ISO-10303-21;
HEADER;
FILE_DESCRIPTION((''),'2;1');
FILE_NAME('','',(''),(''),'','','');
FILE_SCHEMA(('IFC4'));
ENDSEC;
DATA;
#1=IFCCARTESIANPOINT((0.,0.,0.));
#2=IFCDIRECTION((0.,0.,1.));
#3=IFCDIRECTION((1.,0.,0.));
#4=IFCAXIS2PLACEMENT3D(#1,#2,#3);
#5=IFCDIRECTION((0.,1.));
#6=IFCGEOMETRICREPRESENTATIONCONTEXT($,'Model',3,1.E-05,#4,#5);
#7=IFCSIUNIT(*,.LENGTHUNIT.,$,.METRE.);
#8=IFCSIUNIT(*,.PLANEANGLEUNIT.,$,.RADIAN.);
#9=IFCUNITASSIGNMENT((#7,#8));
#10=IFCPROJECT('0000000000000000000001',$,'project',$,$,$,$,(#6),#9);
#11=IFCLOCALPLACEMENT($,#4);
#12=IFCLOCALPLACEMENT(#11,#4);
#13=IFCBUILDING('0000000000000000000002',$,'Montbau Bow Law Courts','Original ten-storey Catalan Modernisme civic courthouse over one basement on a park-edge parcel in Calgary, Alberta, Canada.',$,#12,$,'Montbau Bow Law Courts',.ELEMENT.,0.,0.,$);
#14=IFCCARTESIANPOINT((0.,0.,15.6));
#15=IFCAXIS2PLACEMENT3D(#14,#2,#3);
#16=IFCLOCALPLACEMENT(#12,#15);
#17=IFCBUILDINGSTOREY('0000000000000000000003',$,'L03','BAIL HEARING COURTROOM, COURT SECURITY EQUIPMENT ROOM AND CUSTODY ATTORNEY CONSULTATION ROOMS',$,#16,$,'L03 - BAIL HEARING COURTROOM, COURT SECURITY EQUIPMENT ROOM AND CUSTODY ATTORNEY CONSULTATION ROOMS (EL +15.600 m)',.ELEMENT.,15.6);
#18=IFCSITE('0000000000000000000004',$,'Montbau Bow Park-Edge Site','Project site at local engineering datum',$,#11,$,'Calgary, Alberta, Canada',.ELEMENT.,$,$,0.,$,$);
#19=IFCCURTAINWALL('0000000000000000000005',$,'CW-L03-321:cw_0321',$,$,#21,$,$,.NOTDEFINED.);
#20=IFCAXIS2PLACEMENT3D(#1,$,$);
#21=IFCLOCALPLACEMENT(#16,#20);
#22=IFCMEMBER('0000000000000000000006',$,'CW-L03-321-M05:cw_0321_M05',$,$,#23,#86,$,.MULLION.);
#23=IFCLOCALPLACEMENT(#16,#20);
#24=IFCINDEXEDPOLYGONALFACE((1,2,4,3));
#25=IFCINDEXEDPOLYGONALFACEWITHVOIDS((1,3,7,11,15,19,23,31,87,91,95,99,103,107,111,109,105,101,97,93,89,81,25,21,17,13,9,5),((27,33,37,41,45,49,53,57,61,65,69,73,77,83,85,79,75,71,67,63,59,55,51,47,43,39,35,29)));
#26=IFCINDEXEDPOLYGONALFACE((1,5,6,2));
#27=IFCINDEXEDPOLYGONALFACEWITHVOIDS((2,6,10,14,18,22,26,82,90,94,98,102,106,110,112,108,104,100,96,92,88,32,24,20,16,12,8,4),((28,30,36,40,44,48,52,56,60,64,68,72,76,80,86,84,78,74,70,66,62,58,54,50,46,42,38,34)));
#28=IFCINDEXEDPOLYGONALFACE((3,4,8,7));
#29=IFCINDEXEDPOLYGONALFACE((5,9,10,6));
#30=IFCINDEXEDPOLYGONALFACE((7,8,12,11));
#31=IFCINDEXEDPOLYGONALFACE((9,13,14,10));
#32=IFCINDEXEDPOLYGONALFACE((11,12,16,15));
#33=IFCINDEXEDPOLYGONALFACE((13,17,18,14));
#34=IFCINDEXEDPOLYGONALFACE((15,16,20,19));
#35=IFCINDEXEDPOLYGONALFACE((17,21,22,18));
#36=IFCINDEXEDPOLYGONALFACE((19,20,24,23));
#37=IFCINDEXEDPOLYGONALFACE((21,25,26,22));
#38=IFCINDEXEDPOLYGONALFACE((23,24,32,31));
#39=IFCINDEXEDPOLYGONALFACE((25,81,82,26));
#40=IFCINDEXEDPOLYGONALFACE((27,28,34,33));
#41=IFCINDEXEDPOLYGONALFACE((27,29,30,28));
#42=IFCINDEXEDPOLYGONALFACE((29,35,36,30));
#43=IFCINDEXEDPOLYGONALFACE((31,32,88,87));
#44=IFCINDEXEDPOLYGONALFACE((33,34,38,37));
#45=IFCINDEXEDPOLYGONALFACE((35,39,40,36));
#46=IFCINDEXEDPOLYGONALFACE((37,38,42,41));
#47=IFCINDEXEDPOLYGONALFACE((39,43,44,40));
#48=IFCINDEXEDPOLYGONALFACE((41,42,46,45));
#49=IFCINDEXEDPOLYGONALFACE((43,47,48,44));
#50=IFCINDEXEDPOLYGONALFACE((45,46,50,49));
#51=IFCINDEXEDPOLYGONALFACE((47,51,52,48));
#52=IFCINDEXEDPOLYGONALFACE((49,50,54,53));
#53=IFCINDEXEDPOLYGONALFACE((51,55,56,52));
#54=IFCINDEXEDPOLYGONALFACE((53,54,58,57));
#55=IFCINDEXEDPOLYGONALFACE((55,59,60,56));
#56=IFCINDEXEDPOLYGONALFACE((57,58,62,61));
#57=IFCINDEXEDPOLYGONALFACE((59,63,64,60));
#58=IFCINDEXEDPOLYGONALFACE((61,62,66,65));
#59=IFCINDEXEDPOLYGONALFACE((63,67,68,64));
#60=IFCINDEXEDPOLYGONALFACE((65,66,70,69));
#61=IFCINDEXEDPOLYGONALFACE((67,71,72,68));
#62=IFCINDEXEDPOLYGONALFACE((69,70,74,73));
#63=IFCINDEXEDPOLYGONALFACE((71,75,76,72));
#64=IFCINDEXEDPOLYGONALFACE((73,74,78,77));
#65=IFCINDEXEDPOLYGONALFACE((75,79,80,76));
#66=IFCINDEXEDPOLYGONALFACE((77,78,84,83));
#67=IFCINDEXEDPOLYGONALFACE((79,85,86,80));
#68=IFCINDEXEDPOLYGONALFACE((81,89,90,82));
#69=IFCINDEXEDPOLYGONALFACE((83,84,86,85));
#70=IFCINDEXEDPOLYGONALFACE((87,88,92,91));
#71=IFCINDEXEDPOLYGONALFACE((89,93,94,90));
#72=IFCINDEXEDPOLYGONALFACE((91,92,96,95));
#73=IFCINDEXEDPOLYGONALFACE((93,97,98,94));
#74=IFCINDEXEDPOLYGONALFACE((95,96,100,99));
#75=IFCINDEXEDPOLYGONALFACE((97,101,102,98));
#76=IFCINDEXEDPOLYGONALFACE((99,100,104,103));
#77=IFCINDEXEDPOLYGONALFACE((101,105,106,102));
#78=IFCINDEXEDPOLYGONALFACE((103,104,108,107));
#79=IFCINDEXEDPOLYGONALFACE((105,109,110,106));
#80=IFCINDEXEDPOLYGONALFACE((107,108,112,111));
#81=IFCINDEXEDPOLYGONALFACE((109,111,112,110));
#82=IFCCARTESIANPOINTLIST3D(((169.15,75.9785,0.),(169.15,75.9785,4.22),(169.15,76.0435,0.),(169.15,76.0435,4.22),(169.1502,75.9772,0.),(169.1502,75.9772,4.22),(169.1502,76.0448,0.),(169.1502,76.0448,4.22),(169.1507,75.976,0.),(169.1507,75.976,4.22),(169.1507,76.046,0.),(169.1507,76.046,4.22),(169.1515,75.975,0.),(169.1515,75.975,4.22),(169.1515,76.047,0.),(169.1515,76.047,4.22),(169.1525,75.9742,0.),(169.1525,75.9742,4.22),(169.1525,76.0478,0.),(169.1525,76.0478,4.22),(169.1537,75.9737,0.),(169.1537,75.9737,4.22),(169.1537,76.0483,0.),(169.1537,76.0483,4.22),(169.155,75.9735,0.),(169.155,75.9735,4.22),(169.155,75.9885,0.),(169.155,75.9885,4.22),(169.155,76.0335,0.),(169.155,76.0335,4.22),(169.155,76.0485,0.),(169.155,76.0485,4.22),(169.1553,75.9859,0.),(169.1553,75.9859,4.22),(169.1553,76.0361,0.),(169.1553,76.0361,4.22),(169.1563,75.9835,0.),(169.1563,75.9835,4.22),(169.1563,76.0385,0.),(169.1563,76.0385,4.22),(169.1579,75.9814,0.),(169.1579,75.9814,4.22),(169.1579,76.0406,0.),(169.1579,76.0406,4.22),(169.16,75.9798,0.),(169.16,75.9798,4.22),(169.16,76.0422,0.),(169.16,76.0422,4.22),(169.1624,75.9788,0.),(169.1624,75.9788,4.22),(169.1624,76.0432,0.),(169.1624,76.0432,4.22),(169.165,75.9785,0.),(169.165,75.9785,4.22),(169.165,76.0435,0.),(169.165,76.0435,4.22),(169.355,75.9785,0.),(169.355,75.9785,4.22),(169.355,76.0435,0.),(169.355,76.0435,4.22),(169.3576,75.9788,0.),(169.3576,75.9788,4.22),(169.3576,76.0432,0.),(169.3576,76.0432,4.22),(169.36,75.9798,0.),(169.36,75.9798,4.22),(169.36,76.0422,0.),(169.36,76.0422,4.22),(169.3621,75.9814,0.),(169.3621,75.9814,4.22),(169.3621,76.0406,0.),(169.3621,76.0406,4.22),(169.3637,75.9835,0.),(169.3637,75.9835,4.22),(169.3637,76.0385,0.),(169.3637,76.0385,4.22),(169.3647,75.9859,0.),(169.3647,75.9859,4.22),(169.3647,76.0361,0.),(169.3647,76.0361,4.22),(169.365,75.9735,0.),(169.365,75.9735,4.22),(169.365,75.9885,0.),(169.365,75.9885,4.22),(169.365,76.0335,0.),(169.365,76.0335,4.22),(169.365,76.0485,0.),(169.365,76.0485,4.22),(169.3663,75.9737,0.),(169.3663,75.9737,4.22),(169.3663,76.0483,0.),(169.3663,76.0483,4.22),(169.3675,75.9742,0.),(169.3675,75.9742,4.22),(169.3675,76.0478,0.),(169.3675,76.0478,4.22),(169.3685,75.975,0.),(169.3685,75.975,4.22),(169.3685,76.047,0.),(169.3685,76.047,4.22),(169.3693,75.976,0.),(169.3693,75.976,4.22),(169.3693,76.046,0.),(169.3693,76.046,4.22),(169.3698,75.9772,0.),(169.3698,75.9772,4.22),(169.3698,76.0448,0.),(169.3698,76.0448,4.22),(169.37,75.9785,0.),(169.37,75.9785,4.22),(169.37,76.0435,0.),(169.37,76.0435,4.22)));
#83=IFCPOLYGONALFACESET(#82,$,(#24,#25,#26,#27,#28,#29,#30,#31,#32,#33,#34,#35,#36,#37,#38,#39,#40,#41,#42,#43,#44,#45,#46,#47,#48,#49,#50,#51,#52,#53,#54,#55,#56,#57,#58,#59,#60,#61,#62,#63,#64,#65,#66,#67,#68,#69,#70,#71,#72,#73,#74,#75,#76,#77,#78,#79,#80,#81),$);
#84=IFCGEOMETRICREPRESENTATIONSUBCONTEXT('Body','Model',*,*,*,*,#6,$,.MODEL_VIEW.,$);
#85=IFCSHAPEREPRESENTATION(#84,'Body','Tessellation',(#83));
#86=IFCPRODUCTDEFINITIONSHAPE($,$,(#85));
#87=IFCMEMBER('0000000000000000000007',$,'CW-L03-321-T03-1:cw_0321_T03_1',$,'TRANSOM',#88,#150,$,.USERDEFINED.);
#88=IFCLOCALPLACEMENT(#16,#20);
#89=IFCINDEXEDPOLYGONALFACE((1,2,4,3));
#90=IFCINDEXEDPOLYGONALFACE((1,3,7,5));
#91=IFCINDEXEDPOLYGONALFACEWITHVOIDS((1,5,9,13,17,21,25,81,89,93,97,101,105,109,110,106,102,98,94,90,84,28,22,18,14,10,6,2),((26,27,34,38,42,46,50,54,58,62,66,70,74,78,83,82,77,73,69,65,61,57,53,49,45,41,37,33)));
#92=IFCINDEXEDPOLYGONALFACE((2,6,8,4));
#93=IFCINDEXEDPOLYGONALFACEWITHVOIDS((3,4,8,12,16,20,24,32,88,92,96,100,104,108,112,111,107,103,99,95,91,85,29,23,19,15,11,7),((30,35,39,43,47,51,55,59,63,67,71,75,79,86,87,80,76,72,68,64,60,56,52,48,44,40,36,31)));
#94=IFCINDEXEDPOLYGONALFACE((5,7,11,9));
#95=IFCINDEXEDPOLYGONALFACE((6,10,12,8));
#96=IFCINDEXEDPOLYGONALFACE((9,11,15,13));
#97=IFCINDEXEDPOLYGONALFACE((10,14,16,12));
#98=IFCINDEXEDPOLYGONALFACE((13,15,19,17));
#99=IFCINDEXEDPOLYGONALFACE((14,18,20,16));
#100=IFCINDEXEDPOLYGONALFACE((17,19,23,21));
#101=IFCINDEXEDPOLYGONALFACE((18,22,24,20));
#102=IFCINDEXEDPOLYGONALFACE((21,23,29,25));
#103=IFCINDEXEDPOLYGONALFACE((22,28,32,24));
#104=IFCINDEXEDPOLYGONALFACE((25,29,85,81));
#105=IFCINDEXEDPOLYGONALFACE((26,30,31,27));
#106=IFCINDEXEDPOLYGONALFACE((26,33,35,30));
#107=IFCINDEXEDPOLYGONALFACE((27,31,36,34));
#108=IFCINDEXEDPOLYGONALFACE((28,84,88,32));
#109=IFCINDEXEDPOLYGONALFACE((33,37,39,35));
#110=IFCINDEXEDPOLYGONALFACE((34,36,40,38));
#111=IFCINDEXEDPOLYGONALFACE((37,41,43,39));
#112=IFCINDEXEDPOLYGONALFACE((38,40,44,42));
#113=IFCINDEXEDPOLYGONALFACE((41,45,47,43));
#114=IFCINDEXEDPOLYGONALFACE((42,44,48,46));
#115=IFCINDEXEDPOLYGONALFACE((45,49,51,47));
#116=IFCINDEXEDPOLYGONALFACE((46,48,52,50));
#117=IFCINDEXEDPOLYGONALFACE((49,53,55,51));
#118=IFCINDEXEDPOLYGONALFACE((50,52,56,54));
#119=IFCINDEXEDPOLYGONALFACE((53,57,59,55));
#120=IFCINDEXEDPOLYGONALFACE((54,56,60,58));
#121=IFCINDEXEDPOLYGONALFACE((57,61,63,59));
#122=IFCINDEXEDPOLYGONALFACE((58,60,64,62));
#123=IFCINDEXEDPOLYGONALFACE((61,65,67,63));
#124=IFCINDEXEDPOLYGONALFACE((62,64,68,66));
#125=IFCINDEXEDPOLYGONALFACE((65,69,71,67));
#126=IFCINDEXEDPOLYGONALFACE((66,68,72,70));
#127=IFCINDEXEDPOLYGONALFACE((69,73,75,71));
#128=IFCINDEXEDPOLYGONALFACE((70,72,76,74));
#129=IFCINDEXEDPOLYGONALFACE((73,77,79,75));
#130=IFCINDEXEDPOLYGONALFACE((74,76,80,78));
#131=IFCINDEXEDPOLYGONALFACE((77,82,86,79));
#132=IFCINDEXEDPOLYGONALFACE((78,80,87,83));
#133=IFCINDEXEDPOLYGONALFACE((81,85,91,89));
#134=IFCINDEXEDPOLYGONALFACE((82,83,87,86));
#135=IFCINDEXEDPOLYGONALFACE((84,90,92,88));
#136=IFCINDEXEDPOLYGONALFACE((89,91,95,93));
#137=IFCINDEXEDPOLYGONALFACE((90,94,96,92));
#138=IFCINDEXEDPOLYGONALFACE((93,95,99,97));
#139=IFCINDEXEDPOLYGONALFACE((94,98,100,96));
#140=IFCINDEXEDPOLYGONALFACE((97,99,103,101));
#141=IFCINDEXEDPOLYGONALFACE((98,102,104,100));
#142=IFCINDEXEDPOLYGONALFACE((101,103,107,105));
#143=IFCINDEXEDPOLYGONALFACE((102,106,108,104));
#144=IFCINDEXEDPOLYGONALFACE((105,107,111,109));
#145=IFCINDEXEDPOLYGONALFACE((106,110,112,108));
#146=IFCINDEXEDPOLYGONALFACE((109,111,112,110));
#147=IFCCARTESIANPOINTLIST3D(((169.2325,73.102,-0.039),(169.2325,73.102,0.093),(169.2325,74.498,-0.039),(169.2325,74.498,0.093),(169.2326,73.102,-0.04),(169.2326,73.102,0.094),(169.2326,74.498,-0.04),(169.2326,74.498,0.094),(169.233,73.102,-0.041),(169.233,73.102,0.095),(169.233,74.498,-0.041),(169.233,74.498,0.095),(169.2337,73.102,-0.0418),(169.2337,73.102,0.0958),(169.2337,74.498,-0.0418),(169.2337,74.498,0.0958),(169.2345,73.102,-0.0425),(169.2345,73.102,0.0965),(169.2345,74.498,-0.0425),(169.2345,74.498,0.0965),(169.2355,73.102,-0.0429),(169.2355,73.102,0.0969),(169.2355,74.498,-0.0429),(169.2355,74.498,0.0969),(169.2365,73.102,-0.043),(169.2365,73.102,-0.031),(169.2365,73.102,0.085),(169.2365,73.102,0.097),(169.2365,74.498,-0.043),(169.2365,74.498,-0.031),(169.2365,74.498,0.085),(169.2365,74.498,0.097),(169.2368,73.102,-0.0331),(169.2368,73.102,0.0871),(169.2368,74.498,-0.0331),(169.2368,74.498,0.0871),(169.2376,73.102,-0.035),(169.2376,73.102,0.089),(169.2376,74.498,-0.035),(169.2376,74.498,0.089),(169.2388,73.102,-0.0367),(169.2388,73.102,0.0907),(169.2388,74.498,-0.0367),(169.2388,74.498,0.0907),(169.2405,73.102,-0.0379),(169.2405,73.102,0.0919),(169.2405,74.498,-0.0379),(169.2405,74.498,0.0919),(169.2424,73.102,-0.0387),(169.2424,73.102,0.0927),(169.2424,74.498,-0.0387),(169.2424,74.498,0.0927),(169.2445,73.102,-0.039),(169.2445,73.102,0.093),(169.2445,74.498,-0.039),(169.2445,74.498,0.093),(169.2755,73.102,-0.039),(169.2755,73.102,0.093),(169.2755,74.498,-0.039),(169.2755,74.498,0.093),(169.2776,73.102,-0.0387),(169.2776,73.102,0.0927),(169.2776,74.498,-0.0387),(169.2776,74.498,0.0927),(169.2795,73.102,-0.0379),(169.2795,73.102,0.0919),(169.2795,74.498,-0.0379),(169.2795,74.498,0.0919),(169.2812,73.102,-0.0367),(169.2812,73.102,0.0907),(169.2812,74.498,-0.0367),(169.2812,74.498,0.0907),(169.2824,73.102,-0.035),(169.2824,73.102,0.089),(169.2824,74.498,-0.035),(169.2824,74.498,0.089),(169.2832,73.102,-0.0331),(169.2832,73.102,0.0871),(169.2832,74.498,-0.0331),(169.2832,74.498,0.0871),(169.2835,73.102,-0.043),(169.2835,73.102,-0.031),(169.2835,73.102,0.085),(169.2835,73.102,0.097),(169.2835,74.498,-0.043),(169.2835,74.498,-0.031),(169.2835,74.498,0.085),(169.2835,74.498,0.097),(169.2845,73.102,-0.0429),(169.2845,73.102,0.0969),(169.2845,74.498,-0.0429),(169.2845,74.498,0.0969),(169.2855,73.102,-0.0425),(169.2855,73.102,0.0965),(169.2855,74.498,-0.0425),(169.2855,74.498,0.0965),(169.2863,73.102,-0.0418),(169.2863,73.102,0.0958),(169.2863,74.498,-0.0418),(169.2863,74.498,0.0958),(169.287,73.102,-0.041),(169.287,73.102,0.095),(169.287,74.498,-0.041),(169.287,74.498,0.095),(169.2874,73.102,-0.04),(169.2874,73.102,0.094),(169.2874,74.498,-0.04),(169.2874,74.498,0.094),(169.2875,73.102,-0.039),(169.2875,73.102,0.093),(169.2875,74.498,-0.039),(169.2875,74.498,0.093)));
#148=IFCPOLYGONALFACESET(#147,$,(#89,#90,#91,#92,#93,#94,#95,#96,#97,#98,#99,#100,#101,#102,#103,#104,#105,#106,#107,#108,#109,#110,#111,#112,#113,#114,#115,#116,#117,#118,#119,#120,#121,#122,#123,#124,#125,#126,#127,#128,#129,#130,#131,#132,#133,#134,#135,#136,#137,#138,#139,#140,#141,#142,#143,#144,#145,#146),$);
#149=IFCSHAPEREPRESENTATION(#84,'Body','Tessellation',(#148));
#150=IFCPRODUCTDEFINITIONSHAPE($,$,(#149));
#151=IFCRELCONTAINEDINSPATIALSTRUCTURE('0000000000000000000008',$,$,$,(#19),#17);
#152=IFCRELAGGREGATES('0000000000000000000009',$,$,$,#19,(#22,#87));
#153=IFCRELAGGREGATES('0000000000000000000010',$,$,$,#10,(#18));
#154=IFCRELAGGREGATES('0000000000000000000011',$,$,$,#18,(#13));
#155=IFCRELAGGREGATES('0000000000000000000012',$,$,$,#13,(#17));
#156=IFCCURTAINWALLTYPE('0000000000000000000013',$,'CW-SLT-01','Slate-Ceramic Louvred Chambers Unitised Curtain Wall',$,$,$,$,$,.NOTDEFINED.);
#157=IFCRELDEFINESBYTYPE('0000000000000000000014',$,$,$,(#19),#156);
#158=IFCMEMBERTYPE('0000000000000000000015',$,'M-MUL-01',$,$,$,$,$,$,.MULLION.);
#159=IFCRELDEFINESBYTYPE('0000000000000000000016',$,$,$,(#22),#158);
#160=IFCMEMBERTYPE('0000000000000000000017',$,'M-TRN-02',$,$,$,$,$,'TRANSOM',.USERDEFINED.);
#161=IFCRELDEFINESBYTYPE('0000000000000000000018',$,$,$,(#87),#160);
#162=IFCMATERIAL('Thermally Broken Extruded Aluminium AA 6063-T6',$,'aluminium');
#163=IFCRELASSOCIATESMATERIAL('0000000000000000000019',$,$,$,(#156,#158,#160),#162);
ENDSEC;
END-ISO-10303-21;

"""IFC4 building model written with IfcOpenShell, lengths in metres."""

from ifc_helpers import new_model, si_unit, direction, frame, origin_with_axes, origin_2d_with_axis, place, context, subcontext, project, spatial, hollow_rectangle, extrude, material, material_profile, profile_set, type_object, element, aggregate, save


model = new_model("IFC4")

# Units and contexts
model_context = context("Model", 3, precision=1e-05, world=origin_with_axes(), true_north=direction((0.0, 1.0)))
body_context = subcontext(model_context, "Body", "Model", "MODEL_VIEW")
ifc_project = project(units=[si_unit("LENGTHUNIT", "METRE"), si_unit("PLANEANGLEUNIT", "RADIAN")], contexts=[model_context])

# Site, building, storey
site_placement = place(None, origin_with_axes())
site = spatial("IfcSite", under=ifc_project, at=site_placement, Name="Montbau Bow Park-Edge Site", Description="Project site at local engineering datum", LongName="Calgary, Alberta, Canada", CompositionType="ELEMENT", RefElevation=0.0)
building_placement = place(site_placement, origin_with_axes())
building = spatial("IfcBuilding", under=site, at=building_placement, Name="Montbau Bow Law Courts", Description="Original ten-storey Catalan Modernisme civic courthouse over one basement on a park-edge parcel in Calgary, Alberta, Canada.", LongName="Montbau Bow Law Courts", CompositionType="ELEMENT", ElevationOfRefHeight=0.0, ElevationOfTerrain=0.0)
storey_placement = place(building_placement, frame((0.0, 0.0, 15.6), z_axis=(0.0, 0.0, 1.0), x_axis=(1.0, 0.0, 0.0)))
storey = spatial("IfcBuildingStorey", under=building, at=storey_placement, Name="L03", Description="BAIL HEARING COURTROOM, COURT SECURITY EQUIPMENT ROOM AND CUSTODY ATTORNEY CONSULTATION ROOMS", LongName="L03 - BAIL HEARING COURTROOM, COURT SECURITY EQUIPMENT ROOM AND CUSTODY ATTORNEY CONSULTATION ROOMS (EL +15.600 m)", CompositionType="ELEMENT", Elevation=15.6)

# Curtain wall, members
ifc_material_1 = material(Name="Thermally Broken Extruded Aluminium AA 6063-T6", Category="aluminium")
curtain_wall_type = type_object("IfcCurtainWallType", Name="CW-SLT-01", Description="Slate-Ceramic Louvred Chambers Unitised Curtain Wall", PredefinedType="NOTDEFINED", material=ifc_material_1)
curtain_wall_placement = place(None, frame((169.26, 70.115, 15.6), z_axis=(0.0, 0.0, 1.0), x_axis=(1.0, 0.0, 0.0)))
curtain_wall = element("IfcCurtainWall", 1, at=curtain_wall_placement, inside=storey, type_object=curtain_wall_type, Name="CW-L03-321:cw_0321", PredefinedType="NOTDEFINED")
ifc_material_profile_1 = material_profile(ifc_material_1, hollow_rectangle(XDim=0.075, YDim=0.22, WallThickness=0.005, InnerFilletRadius=0.01, OuterFilletRadius=0.005, at=origin_2d_with_axis()), Name="CWM-220X75", Category="Main", Priority=0)
ifc_profile_set_1 = profile_set([ifc_material_profile_1], Name="Thermally Broken Extruded Aluminium AA 6063-T6")
member_type_1 = type_object("IfcMemberType", Name="M-MUL-01", PredefinedType="MULLION", material=ifc_profile_set_1)
member_1_placement = place(None, frame((169.26, 76.011, 15.6), z_axis=(0.0, 0.0, 1.0), x_axis=(0.0, 1.0, 0.0)))
member_1 = element("IfcMember", 2, at=member_1_placement, type_object=member_type_1, Name="CW-L03-321-M05:cw_0321_M05", PredefinedType="MULLION", context=body_context, shape_type="SweptSolid", body=[
    extrude(hollow_rectangle(XDim=0.075, YDim=0.22, WallThickness=0.005, InnerFilletRadius=0.01, OuterFilletRadius=0.005, at=origin_2d_with_axis()), origin_with_axes(), (0.0, 0.0, 1.0), 4.22),
])
ifc_material_profile_2 = material_profile(ifc_material_1, hollow_rectangle(XDim=0.055, YDim=0.14, WallThickness=0.004, InnerFilletRadius=0.008, OuterFilletRadius=0.004, at=origin_2d_with_axis()), Name="CWT-140X55", Category="Main", Priority=0)
ifc_profile_set_2 = profile_set([ifc_material_profile_2], Name="Thermally Broken Extruded Aluminium AA 6063-T6")
member_type_2 = type_object("IfcMemberType", Name="M-TRN-02", ElementType="TRANSOM", PredefinedType="USERDEFINED", material=ifc_profile_set_2)
member_2_placement = place(None, frame((169.26, 73.102, 15.627), z_axis=(0.0, 1.0, 0.0), x_axis=(-1.0, 0.0, 0.0)))
member_2 = element("IfcMember", 3, at=member_2_placement, type_object=member_type_2, Name="CW-L03-321-T03-1:cw_0321_T03_1", ObjectType="TRANSOM", PredefinedType="USERDEFINED", context=body_context, shape_type="SweptSolid", body=[
    extrude(hollow_rectangle(XDim=0.055, YDim=0.14, WallThickness=0.004, InnerFilletRadius=0.008, OuterFilletRadius=0.004, at=origin_2d_with_axis()), origin_with_axes(), (0.0, 0.0, 1.0), 1.396),
])
aggregate(curtain_wall, [member_1, member_2])

save(model, "model.ifc")
